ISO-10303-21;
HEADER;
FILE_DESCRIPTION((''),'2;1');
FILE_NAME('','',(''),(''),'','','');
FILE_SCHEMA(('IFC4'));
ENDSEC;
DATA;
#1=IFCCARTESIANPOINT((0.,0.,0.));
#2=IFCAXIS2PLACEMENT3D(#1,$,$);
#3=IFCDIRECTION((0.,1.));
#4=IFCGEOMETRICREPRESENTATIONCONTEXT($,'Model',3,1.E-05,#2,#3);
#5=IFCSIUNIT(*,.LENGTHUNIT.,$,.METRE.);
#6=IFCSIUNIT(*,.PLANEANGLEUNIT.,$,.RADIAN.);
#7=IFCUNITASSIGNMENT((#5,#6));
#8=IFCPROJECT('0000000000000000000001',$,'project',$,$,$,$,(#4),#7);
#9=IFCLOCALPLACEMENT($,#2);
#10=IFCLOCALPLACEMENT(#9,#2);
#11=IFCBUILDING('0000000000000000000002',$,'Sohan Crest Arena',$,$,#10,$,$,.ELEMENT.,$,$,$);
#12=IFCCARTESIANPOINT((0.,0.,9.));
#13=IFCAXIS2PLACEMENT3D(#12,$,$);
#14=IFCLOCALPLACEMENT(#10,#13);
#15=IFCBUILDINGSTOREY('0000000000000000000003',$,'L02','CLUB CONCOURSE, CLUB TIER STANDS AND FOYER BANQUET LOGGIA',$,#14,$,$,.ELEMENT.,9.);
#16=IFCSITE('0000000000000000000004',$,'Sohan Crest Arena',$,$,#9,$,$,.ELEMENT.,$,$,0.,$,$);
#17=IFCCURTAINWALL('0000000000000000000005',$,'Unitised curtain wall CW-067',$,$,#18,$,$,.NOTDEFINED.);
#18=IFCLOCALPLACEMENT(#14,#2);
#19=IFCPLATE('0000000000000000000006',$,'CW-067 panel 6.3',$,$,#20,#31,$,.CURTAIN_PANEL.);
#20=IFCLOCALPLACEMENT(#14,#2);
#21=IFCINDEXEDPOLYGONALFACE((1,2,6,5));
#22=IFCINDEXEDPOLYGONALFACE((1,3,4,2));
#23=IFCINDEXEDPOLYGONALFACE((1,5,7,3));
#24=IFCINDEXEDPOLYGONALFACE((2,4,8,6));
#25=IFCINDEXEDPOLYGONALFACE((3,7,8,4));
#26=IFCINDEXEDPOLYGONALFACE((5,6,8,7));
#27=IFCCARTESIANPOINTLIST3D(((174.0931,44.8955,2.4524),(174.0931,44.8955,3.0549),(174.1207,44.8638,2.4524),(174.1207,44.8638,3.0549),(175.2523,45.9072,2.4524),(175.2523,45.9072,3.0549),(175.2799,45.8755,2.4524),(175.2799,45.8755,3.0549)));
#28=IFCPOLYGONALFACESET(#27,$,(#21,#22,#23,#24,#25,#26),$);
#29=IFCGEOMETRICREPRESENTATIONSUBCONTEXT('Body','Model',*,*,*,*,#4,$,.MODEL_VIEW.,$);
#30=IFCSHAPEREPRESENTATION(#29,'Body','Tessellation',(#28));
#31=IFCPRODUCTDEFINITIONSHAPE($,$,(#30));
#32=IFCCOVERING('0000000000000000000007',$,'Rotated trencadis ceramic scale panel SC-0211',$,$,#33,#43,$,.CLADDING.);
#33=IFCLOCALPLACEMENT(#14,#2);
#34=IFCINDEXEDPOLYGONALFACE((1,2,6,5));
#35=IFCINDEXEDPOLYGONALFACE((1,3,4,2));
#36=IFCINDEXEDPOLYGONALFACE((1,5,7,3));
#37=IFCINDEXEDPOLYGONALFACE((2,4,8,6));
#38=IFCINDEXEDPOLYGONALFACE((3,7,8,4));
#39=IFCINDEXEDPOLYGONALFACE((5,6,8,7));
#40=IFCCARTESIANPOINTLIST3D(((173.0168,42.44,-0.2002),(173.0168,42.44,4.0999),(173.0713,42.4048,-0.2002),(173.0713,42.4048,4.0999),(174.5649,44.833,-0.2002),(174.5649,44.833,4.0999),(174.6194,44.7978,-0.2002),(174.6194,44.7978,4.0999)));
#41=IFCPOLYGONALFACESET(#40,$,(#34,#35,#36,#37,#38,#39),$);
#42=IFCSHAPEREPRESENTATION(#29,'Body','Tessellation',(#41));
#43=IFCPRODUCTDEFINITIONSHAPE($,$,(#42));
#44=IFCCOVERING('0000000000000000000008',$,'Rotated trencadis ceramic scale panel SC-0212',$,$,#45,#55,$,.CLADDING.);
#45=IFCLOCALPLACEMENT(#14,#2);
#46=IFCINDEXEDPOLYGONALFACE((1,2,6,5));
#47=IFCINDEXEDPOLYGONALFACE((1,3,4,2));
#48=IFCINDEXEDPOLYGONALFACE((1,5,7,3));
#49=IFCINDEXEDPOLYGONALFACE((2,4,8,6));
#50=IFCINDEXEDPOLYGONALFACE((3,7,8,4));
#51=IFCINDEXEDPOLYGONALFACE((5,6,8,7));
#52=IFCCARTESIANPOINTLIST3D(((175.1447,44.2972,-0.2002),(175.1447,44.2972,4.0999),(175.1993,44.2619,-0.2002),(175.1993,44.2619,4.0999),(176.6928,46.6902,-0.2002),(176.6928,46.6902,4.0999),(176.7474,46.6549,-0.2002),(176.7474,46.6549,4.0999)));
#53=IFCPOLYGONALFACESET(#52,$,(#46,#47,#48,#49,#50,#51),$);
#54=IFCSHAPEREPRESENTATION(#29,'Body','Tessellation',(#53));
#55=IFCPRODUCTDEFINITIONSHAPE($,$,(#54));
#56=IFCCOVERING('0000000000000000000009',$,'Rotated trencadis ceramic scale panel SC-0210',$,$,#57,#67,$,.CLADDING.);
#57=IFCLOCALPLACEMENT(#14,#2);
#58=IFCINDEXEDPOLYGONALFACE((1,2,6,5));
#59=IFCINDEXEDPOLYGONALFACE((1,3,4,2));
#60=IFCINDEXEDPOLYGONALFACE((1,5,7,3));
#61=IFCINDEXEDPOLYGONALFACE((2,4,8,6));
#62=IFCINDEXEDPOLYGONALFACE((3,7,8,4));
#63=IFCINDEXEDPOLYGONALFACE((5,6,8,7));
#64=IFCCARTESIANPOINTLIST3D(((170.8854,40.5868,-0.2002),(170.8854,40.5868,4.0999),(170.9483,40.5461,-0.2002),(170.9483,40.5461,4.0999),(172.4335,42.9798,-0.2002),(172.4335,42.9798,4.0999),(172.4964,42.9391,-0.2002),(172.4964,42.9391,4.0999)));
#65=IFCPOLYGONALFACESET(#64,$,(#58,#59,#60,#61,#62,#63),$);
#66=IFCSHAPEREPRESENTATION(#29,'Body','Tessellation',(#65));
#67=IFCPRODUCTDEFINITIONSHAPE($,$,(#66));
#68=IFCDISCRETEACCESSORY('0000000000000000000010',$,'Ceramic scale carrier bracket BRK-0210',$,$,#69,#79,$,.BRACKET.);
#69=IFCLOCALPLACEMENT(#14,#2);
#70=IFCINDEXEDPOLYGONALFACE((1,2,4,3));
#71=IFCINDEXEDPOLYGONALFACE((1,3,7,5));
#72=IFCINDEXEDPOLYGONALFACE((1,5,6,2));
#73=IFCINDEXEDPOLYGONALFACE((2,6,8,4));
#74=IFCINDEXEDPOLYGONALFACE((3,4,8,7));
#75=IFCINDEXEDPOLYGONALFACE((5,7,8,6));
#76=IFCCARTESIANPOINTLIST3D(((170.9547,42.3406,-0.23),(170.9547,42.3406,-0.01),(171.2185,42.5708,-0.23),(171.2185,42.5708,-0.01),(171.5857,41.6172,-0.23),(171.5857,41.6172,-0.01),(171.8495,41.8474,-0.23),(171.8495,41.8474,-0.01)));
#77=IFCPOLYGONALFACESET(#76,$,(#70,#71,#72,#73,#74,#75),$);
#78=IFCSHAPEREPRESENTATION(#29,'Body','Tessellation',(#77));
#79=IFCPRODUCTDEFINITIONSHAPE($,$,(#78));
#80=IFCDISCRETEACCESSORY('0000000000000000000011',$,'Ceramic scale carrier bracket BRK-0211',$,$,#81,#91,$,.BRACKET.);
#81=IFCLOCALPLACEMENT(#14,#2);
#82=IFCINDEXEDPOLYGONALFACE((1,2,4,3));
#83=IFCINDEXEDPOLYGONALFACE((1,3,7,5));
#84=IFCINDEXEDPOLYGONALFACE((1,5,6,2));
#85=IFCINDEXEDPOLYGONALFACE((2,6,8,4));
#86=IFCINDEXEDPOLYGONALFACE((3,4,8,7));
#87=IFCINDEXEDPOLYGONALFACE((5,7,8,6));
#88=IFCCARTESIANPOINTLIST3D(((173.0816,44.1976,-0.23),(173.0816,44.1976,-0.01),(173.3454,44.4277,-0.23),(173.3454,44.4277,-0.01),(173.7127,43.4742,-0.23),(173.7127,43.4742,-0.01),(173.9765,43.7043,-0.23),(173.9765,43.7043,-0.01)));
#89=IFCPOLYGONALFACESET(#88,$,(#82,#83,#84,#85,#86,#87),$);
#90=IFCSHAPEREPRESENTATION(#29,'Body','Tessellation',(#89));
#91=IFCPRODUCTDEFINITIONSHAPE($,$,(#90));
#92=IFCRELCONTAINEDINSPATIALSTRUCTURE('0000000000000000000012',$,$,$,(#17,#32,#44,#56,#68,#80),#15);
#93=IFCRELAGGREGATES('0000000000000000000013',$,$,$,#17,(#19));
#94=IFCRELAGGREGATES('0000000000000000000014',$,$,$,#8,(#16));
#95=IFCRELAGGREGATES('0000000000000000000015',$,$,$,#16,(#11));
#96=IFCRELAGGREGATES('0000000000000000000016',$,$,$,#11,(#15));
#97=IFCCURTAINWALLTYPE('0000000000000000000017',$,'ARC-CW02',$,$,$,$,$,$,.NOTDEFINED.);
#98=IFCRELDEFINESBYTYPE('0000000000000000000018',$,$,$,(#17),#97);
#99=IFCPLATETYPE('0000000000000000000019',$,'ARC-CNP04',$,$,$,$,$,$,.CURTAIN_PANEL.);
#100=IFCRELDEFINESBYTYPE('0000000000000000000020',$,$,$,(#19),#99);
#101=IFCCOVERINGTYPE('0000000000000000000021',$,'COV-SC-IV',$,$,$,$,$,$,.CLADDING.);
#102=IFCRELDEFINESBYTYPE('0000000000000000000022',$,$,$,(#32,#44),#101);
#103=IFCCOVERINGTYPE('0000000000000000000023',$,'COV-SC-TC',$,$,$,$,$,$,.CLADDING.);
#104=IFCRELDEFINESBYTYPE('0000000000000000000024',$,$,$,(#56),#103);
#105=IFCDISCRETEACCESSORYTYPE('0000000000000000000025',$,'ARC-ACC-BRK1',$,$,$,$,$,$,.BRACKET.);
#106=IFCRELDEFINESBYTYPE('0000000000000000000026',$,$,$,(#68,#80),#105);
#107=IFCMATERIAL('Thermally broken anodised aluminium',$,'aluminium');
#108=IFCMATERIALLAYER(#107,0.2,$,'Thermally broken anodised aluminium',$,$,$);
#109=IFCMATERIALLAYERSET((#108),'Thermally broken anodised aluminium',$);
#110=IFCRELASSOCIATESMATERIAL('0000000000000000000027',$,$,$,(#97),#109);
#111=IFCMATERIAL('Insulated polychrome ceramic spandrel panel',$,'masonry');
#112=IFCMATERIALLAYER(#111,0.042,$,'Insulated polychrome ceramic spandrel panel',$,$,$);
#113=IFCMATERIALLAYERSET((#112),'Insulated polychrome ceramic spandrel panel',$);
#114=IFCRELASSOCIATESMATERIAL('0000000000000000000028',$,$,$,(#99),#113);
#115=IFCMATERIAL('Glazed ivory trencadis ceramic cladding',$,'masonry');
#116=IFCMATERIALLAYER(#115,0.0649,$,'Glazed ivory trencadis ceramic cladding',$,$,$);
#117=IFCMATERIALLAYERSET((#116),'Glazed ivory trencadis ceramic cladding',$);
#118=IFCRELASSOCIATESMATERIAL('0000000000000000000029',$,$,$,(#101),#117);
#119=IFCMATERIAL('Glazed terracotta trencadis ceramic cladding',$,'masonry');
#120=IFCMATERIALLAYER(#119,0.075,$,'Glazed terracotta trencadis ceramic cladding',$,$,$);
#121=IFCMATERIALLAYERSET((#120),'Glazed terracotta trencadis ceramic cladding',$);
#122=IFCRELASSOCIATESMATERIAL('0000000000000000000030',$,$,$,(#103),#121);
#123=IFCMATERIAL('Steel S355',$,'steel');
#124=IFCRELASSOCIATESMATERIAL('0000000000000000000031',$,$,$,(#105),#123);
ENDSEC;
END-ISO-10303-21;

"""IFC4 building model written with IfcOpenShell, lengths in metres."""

from ifc_helpers import new_model, si_unit, direction, frame, origin, origin_2d, place, context, subcontext, project, spatial, rectangle, extrude, material, layer, layer_set, type_object, element, aggregate, save


model = new_model("IFC4")

# Units and contexts
model_context = context("Model", 3, precision=1e-05, world=origin(), true_north=direction((0.0, 1.0)))
body_context = subcontext(model_context, "Body", "Model", "MODEL_VIEW")
ifc_project = project(units=[si_unit("LENGTHUNIT", "METRE"), si_unit("PLANEANGLEUNIT", "RADIAN")], contexts=[model_context])

# Site, building, storey
site_placement = place(None, origin())
site = spatial("IfcSite", under=ifc_project, at=site_placement, Name="Sohan Crest Arena", CompositionType="ELEMENT", RefElevation=0.0)
building_placement = place(site_placement, origin())
building = spatial("IfcBuilding", under=site, at=building_placement, Name="Sohan Crest Arena", CompositionType="ELEMENT")
storey_placement = place(building_placement, frame((0.0, 0.0, 9.0)))
storey = spatial("IfcBuildingStorey", under=building, at=storey_placement, Name="L02", Description="CLUB CONCOURSE, CLUB TIER STANDS AND FOYER BANQUET LOGGIA", CompositionType="ELEMENT", Elevation=9.0)

# Curtain wall, plate
ifc_material_1 = material(Name="Thermally broken anodised aluminium", Category="aluminium")
ifc_layer_1 = layer(ifc_material_1, 0.2, Name="Thermally broken anodised aluminium")
ifc_layer_set_1 = layer_set([ifc_layer_1], Name="Thermally broken anodised aluminium")
curtain_wall_type = type_object("IfcCurtainWallType", Name="ARC-CW02", PredefinedType="NOTDEFINED", material=ifc_layer_set_1)
curtain_wall_placement = place(storey_placement, origin())
curtain_wall = element("IfcCurtainWall", 1, at=curtain_wall_placement, inside=storey, type_object=curtain_wall_type, Name="Unitised curtain wall CW-067", PredefinedType="NOTDEFINED")
ifc_material_2 = material(Name="Insulated polychrome ceramic spandrel panel", Category="masonry")
ifc_layer_2 = layer(ifc_material_2, 0.042, Name="Insulated polychrome ceramic spandrel panel")
ifc_layer_set_2 = layer_set([ifc_layer_2], Name="Insulated polychrome ceramic spandrel panel")
plate_type = type_object("IfcPlateType", Name="ARC-CNP04", PredefinedType="CURTAIN_PANEL", material=ifc_layer_set_2)
plate_1_placement = place(storey_placement, frame((174.6865, 45.3855, 2.4524), z_axis=(0.0, 0.0, 1.0), x_axis=(0.753421, 0.657539, 0.0)))
plate_1 = element("IfcPlate", 2, at=plate_1_placement, type_object=plate_type, Name="CW-067 panel 6.3", PredefinedType="CURTAIN_PANEL", context=body_context, shape_type="SweptSolid", body=[
    extrude(rectangle(XDim=1.5386, YDim=0.042, at=origin_2d()), origin(), (0.0, 0.0, 1.0), 0.6025),
])
aggregate(curtain_wall, [plate_1])

# Coverings
ifc_material_3 = material(Name="Glazed ivory trencadis ceramic cladding", Category="masonry")
ifc_layer_3 = layer(ifc_material_3, 0.0649, Name="Glazed ivory trencadis ceramic cladding")
ifc_layer_set_3 = layer_set([ifc_layer_3], Name="Glazed ivory trencadis ceramic cladding")
covering_type_1 = type_object("IfcCoveringType", Name="COV-SC-IV", PredefinedType="CLADDING", material=ifc_layer_set_3)
for number, where, z_axis, x_axis, name in (
    (3, (173.8181, 43.6189, -0.2002), (0.0, 0.0, 1.0), (0.543174, 0.83962, 0.0), "Rotated trencadis ceramic scale panel SC-0211"),
    (4, (175.946, 45.4761, -0.2002), (0.0, 0.0, 1.0), (0.543174, 0.83962, 0.0), "Rotated trencadis ceramic scale panel SC-0212"),
):
    element("IfcCovering", number, at=place(storey_placement, frame(where, z_axis=z_axis, x_axis=x_axis)), inside=storey, type_object=covering_type_1, Name=name, PredefinedType="CLADDING", context=body_context, shape_type="SweptSolid", body=[
        extrude(rectangle(XDim=2.8501, YDim=0.0649, at=origin_2d()), origin(), (0.0, 0.0, 1.0), 4.3),
    ])
ifc_material_4 = material(Name="Glazed terracotta trencadis ceramic cladding", Category="masonry")
ifc_layer_4 = layer(ifc_material_4, 0.075, Name="Glazed terracotta trencadis ceramic cladding")
ifc_layer_set_4 = layer_set([ifc_layer_4], Name="Glazed terracotta trencadis ceramic cladding")
covering_type_2 = type_object("IfcCoveringType", Name="COV-SC-TC", PredefinedType="CLADDING", material=ifc_layer_set_4)
covering_placement = place(storey_placement, frame((171.6909, 41.7629, -0.2002), z_axis=(0.0, 0.0, 1.0), x_axis=(0.543174, 0.83962, 0.0)))
element("IfcCovering", 5, at=covering_placement, inside=storey, type_object=covering_type_2, Name="Rotated trencadis ceramic scale panel SC-0210", PredefinedType="CLADDING", context=body_context, shape_type="SweptSolid", body=[
    extrude(rectangle(XDim=2.8501, YDim=0.075, at=origin_2d()), origin(), (0.0, 0.0, 1.0), 4.3),
])

# Discrete accessories
ifc_material_5 = material(Name="Steel S355", Category="steel")
discrete_accessory_type = type_object("IfcDiscreteAccessoryType", Name="ARC-ACC-BRK1", PredefinedType="BRACKET", material=ifc_material_5)
for number, where, z_axis, x_axis, name in (
    (6, (171.4021, 42.094, -0.23), (0.0, 0.0, 1.0), (0.753563, 0.657375, 0.0), "Ceramic scale carrier bracket BRK-0210"),
    (7, (173.5291, 43.9509, -0.23), (0.0, 0.0, 1.0), (0.753563, 0.657375, 0.0), "Ceramic scale carrier bracket BRK-0211"),
):
    element("IfcDiscreteAccessory", number, at=place(storey_placement, frame(where, z_axis=z_axis, x_axis=x_axis)), inside=storey, type_object=discrete_accessory_type, Name=name, PredefinedType="BRACKET", context=body_context, shape_type="SweptSolid", body=[
        extrude(rectangle(XDim=0.3501, YDim=0.96, at=origin_2d()), origin(), (0.0, 0.0, 1.0), 0.22),
    ])

save(model, "model.ifc")
